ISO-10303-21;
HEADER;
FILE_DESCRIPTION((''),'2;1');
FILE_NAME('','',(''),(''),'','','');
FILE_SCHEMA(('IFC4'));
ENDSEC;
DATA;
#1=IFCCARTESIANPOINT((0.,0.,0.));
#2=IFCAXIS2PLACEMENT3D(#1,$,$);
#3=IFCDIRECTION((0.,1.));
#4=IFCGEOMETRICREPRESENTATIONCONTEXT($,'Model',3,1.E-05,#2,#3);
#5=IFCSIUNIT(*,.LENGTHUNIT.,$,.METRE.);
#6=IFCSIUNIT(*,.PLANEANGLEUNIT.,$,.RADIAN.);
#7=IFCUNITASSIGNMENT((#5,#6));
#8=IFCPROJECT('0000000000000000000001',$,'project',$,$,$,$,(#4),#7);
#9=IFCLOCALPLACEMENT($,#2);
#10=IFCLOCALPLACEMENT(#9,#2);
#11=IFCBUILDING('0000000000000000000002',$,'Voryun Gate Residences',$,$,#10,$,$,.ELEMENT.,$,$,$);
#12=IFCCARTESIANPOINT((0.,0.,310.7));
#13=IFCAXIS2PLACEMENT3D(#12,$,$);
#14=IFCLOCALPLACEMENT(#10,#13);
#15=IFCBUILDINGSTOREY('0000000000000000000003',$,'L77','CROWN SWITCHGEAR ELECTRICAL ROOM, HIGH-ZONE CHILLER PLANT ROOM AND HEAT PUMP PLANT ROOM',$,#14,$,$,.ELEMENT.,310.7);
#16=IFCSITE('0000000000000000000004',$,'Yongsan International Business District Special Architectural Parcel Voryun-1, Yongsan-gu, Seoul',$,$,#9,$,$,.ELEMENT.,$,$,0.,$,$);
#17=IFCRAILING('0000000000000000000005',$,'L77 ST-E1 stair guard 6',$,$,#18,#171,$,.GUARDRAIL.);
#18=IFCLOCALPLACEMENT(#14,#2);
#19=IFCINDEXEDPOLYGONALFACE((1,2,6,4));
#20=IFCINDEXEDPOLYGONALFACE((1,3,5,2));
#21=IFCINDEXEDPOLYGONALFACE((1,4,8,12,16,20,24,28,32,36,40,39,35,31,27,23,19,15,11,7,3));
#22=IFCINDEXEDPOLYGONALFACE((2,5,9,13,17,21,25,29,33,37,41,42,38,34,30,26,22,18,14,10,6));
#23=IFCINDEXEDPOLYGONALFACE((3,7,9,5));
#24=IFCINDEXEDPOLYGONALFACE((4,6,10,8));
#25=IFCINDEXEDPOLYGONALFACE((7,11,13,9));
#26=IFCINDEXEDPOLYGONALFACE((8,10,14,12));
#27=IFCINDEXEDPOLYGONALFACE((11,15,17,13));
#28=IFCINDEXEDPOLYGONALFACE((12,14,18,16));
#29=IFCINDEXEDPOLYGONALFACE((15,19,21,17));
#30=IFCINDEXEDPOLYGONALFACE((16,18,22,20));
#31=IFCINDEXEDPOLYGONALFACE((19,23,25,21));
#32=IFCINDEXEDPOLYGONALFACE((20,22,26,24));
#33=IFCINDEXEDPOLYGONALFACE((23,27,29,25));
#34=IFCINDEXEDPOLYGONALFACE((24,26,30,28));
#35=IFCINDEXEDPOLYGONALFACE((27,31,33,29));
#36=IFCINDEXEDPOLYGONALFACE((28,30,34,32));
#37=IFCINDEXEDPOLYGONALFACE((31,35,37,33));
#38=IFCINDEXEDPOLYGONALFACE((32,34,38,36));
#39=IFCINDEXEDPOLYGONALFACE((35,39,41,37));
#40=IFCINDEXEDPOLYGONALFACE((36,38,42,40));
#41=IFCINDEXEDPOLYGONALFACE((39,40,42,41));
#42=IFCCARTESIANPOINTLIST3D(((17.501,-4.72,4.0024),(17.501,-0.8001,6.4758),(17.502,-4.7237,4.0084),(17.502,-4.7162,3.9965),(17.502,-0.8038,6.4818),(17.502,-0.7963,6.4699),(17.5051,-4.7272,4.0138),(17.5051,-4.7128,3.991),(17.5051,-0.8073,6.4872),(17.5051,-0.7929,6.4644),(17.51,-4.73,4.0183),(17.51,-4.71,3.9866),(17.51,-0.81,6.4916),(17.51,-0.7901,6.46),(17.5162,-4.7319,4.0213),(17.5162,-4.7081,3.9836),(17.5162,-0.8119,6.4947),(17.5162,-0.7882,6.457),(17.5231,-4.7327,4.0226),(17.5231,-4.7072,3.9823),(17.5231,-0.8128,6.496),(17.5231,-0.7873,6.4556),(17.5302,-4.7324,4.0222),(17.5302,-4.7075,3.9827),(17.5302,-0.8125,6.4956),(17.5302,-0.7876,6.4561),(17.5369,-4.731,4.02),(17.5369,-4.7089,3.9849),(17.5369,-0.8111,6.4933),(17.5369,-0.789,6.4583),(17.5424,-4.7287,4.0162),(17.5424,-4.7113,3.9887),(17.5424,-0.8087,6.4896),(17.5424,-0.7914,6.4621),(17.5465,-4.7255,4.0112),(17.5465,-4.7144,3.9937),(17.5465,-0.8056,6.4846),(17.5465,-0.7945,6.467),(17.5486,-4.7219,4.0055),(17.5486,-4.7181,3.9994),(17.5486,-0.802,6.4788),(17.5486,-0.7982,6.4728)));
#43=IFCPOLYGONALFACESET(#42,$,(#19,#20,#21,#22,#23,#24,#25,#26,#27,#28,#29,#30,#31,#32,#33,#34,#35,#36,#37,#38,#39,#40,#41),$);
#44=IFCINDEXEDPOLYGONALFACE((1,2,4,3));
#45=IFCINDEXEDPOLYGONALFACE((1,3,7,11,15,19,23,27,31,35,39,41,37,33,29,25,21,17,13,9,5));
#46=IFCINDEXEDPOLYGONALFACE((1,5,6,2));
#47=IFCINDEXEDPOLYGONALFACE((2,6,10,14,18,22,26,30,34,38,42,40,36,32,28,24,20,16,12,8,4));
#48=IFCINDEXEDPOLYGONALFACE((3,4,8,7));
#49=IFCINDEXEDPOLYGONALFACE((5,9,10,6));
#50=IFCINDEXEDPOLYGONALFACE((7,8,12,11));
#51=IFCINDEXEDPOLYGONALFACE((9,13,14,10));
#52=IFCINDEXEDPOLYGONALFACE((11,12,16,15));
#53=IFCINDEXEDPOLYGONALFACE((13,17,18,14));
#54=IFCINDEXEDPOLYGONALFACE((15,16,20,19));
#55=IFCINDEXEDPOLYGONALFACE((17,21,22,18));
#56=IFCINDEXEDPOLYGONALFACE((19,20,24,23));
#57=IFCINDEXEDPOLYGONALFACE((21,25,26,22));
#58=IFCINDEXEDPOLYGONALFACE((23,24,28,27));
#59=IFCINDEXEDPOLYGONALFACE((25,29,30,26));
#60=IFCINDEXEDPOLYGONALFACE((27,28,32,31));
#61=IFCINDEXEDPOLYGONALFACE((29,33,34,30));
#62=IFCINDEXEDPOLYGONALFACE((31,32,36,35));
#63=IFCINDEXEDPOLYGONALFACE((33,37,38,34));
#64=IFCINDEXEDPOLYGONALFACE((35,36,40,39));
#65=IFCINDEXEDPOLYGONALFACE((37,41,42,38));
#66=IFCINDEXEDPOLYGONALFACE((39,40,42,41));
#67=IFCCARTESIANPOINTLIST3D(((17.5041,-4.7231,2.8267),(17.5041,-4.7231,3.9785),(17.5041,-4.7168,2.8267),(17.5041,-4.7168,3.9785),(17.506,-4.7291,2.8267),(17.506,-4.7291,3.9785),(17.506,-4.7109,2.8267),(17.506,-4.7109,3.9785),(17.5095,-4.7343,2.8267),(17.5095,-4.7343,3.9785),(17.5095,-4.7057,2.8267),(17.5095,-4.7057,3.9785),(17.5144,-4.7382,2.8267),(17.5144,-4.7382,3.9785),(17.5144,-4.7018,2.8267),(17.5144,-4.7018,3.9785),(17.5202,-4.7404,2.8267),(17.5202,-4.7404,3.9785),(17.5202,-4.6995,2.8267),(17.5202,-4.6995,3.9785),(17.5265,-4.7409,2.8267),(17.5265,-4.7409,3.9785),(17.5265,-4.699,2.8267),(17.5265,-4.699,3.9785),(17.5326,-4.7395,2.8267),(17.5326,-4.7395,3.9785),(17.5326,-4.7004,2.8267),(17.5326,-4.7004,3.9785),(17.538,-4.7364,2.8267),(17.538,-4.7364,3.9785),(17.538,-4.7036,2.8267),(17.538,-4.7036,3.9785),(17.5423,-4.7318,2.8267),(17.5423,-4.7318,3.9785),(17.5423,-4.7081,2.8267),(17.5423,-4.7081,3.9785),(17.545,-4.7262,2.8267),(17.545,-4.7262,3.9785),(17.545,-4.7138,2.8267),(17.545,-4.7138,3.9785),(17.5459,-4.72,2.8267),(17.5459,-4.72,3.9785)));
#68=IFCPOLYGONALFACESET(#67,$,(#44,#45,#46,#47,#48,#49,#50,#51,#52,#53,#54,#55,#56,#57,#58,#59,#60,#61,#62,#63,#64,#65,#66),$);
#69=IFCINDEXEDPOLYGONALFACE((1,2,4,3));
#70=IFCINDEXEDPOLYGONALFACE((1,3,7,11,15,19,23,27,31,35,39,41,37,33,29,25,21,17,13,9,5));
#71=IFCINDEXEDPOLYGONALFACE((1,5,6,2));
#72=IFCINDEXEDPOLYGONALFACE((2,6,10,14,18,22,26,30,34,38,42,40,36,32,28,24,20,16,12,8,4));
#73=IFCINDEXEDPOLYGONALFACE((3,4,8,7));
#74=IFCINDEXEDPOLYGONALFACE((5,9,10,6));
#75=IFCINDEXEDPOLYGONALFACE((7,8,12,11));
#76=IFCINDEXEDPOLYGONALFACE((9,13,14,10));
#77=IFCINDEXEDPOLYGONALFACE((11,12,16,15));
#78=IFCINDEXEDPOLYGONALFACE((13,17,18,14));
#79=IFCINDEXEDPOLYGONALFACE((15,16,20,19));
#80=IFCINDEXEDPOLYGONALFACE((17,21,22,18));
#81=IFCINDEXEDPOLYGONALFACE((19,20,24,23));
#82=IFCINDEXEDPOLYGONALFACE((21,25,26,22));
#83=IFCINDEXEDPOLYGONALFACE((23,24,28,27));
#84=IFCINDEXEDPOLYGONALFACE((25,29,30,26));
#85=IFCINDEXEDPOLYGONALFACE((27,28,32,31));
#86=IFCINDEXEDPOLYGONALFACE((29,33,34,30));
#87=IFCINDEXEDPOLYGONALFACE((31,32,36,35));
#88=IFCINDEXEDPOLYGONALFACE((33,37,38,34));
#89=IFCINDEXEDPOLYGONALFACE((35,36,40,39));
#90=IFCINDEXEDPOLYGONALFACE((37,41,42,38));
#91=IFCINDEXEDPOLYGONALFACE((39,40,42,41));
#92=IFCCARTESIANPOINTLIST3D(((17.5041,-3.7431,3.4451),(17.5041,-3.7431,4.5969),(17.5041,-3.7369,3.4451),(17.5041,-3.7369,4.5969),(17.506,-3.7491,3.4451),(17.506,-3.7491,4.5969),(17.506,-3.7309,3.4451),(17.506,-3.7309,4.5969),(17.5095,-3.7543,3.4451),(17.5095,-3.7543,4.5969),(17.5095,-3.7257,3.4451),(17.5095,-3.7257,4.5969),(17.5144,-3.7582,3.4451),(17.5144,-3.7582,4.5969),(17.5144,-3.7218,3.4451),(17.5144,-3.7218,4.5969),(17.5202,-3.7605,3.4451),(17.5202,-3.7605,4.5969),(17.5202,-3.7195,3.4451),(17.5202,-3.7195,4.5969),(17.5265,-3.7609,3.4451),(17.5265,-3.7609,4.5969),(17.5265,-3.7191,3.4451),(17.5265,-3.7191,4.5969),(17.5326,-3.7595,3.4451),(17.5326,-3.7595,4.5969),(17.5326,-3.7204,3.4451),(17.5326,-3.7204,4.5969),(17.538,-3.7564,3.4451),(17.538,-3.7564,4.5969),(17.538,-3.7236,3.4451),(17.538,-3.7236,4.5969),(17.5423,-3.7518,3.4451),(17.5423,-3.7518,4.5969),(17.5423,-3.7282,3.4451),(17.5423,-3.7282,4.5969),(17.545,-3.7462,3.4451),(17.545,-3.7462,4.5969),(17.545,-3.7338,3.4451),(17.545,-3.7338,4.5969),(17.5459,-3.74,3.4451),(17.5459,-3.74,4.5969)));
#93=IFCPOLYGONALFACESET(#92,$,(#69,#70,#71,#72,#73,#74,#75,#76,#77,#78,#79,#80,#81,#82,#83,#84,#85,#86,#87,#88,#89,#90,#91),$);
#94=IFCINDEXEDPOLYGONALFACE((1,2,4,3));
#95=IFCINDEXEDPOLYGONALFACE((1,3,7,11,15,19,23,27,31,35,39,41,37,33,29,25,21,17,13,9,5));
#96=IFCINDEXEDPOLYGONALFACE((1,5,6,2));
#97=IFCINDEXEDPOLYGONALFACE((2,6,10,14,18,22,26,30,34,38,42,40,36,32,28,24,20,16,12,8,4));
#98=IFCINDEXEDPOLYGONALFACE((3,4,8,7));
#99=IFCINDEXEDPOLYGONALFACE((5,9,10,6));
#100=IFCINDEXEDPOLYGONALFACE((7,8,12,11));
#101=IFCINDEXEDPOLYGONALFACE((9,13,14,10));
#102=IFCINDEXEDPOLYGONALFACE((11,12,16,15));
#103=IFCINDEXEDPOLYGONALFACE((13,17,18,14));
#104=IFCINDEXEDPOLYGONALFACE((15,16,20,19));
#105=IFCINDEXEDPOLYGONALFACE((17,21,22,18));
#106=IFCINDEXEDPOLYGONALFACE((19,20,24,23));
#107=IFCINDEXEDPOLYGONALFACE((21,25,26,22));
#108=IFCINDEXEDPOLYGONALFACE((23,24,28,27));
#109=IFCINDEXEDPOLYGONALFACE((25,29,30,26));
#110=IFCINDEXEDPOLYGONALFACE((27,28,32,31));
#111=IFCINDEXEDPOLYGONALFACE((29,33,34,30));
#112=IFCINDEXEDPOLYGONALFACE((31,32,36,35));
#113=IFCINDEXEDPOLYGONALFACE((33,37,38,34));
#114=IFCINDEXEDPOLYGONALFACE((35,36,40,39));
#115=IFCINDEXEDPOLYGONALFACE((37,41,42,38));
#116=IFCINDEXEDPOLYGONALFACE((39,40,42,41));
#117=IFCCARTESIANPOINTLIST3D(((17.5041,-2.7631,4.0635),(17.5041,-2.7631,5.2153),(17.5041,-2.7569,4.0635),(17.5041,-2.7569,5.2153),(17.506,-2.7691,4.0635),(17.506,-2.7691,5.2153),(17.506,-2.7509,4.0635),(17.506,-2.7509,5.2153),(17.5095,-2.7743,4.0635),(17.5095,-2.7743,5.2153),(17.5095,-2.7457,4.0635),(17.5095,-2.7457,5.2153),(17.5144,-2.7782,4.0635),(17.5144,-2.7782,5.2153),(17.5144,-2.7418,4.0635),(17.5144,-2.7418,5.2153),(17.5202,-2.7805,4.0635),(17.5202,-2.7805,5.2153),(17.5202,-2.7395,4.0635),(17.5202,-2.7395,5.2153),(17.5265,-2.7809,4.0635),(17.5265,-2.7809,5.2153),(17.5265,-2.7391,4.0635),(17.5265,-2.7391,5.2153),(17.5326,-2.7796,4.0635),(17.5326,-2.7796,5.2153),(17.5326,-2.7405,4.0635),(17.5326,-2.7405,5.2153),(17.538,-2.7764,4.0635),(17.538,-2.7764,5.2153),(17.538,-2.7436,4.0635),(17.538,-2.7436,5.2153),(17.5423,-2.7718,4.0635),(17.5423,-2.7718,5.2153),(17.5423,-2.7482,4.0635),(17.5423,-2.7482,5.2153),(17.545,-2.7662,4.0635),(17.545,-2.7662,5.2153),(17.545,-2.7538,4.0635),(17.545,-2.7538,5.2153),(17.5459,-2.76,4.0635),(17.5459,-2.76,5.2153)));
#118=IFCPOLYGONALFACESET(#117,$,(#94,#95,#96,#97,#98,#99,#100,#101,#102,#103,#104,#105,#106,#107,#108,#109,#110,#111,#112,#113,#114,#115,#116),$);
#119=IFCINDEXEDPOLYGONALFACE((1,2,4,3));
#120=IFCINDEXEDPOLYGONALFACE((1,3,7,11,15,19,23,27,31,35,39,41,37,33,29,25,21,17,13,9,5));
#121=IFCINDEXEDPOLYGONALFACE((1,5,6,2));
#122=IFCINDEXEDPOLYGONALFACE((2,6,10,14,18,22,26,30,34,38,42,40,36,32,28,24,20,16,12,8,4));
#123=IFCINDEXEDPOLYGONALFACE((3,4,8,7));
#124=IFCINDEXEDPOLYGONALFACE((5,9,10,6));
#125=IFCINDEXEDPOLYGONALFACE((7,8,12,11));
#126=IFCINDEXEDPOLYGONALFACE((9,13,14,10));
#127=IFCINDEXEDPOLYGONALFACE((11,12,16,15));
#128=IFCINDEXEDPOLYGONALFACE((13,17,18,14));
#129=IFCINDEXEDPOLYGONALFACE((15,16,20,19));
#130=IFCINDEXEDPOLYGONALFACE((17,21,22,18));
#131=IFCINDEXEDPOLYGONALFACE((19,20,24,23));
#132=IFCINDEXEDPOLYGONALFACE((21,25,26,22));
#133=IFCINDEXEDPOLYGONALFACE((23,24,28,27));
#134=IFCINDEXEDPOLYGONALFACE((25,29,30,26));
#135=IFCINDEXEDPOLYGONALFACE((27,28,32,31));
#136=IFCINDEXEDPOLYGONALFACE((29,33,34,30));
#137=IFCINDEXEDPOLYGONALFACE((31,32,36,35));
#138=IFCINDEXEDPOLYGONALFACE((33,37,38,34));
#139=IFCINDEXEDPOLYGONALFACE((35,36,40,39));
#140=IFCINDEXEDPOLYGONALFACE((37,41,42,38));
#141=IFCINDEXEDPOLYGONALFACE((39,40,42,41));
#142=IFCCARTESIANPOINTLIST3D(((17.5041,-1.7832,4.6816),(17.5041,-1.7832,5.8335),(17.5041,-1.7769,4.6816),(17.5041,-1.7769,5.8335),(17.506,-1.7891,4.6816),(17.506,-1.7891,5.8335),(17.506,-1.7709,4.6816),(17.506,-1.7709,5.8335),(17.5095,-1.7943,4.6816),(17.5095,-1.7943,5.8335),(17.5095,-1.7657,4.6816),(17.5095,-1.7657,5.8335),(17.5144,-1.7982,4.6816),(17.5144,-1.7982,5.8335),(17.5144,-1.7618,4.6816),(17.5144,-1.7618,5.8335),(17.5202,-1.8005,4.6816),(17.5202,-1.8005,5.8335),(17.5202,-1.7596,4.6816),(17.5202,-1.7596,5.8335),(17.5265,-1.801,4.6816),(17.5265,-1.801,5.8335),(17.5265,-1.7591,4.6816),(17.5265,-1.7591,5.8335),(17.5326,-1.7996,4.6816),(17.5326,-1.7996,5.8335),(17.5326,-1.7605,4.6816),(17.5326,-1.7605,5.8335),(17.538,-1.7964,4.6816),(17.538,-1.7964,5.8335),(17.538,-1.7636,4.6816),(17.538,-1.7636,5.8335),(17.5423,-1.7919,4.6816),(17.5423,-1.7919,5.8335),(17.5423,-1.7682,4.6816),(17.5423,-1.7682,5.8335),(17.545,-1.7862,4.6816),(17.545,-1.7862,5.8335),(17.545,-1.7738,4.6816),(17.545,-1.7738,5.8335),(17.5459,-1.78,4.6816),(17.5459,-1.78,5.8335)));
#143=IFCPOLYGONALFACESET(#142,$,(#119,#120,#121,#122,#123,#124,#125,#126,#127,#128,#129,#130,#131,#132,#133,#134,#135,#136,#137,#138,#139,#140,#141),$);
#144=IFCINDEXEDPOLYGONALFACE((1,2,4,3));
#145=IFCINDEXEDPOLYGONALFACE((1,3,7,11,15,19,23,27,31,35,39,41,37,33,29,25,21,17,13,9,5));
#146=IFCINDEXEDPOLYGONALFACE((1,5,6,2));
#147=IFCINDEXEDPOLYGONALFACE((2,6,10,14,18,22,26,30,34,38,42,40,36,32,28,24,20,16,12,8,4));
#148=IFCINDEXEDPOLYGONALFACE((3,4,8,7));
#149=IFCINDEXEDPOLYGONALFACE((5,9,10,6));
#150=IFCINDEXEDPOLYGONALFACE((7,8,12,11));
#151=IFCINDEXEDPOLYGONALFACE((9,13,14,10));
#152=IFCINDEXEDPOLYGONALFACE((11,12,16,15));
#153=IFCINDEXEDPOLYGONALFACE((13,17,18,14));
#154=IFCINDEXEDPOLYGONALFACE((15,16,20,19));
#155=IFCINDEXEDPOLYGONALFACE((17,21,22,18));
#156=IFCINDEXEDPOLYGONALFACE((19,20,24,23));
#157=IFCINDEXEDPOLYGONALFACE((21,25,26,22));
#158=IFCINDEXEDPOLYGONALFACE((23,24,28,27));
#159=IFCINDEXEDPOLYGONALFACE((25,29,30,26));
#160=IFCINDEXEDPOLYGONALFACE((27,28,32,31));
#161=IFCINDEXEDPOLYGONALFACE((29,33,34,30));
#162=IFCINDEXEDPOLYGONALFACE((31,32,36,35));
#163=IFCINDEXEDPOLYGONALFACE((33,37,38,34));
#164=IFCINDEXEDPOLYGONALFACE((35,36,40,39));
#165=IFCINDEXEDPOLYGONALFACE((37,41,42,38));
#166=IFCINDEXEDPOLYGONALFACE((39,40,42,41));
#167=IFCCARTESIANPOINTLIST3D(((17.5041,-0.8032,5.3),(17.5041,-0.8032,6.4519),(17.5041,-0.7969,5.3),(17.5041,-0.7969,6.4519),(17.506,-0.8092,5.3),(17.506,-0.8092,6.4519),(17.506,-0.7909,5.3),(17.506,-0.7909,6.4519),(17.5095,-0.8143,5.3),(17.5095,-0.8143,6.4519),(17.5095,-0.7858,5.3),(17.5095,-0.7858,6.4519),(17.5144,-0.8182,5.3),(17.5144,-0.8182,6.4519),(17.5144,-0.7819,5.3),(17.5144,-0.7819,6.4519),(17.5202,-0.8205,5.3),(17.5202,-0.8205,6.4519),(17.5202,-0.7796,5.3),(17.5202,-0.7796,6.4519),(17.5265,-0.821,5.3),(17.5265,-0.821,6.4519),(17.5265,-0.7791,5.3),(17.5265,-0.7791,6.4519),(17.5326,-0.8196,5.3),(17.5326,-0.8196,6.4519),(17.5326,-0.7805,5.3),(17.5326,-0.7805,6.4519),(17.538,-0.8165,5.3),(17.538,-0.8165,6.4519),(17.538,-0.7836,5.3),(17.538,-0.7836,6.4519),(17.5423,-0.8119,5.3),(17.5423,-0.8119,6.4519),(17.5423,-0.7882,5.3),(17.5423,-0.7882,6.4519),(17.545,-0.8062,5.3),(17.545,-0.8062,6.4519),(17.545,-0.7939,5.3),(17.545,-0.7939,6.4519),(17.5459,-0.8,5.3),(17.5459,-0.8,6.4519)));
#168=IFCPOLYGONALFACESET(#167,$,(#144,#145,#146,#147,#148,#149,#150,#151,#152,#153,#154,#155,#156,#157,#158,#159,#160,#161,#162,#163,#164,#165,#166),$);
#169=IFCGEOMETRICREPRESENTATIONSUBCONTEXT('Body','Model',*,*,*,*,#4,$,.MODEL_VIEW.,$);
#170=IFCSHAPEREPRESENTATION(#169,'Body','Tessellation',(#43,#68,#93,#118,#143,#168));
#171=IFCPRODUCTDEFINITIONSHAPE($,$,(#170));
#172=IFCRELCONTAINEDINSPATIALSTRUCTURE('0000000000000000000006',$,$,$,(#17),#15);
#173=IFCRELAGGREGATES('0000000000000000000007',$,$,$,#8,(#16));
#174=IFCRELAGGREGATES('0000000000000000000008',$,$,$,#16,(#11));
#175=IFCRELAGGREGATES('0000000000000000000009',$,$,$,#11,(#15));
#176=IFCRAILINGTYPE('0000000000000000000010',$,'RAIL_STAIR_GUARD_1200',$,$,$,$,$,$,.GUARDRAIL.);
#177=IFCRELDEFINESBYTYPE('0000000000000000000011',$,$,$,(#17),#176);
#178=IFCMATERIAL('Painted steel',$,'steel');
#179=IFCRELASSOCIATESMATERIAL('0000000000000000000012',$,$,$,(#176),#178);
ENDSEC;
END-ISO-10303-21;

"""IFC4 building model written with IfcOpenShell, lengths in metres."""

from ifc_helpers import new_model, si_unit, direction, frame, origin, origin_2d, place, context, subcontext, project, spatial, circle, extrude, material, type_object, element, save


model = new_model("IFC4")

# Units and contexts
model_context = context("Model", 3, precision=1e-05, world=origin(), true_north=direction((0.0, 1.0)))
body_context = subcontext(model_context, "Body", "Model", "MODEL_VIEW")
ifc_project = project(units=[si_unit("LENGTHUNIT", "METRE"), si_unit("PLANEANGLEUNIT", "RADIAN")], contexts=[model_context])

# Site, building, storey
site_placement = place(None, origin())
site = spatial("IfcSite", under=ifc_project, at=site_placement, Name="Yongsan International Business District Special Architectural Parcel Voryun-1, Yongsan-gu, Seoul", CompositionType="ELEMENT", RefElevation=0.0)
building_placement = place(site_placement, origin())
building = spatial("IfcBuilding", under=site, at=building_placement, Name="Voryun Gate Residences", CompositionType="ELEMENT")
storey_placement = place(building_placement, frame((0.0, 0.0, 310.7)))
storey = spatial("IfcBuildingStorey", under=building, at=storey_placement, Name="L77", Description="CROWN SWITCHGEAR ELECTRICAL ROOM, HIGH-ZONE CHILLER PLANT ROOM AND HEAT PUMP PLANT ROOM", CompositionType="ELEMENT", Elevation=310.7)

# Railing
ifc_material_1 = material(Name="Painted steel", Category="steel")
railing_type_1 = type_object("IfcRailingType", Name="RAIL_STAIR_GUARD_1200", PredefinedType="GUARDRAIL", material=ifc_material_1)
railing_1_placement = place(storey_placement, frame((17.5249, -4.72, 2.8267)))
element("IfcRailing", 1, at=railing_1_placement, inside=storey, type_object=railing_type_1, Name="L77 ST-E1 stair guard 6", PredefinedType="GUARDRAIL", context=body_context, shape_type="SweptSolid", body=[
    extrude(circle(Radius=0.0239, at=origin_2d()), frame((0.0, 0.0, 1.1758), z_axis=(0.0, 0.845718, 0.53363), x_axis=(-1.0, 0.0, 0.0)), (0.0, 0.0, 1.0), 4.635),
    extrude(circle(Radius=0.021, at=origin_2d()), origin(), (0.0, 0.0, 1.0), 1.1519),
    extrude(circle(Radius=0.021, at=origin_2d()), frame((0.0, 0.98, 0.6184)), (0.0, 0.0, 1.0), 1.1519),
    extrude(circle(Radius=0.021, at=origin_2d()), frame((0.0, 1.96, 1.2368)), (0.0, 0.0, 1.0), 1.1519),
    extrude(circle(Radius=0.021, at=origin_2d()), frame((0.0, 2.9399, 1.855)), (0.0, 0.0, 1.0), 1.1519),
    extrude(circle(Radius=0.021, at=origin_2d()), frame((0.0, 3.9199, 2.4734)), (0.0, 0.0, 1.0), 1.1519),
])

save(model, "model.ifc")
